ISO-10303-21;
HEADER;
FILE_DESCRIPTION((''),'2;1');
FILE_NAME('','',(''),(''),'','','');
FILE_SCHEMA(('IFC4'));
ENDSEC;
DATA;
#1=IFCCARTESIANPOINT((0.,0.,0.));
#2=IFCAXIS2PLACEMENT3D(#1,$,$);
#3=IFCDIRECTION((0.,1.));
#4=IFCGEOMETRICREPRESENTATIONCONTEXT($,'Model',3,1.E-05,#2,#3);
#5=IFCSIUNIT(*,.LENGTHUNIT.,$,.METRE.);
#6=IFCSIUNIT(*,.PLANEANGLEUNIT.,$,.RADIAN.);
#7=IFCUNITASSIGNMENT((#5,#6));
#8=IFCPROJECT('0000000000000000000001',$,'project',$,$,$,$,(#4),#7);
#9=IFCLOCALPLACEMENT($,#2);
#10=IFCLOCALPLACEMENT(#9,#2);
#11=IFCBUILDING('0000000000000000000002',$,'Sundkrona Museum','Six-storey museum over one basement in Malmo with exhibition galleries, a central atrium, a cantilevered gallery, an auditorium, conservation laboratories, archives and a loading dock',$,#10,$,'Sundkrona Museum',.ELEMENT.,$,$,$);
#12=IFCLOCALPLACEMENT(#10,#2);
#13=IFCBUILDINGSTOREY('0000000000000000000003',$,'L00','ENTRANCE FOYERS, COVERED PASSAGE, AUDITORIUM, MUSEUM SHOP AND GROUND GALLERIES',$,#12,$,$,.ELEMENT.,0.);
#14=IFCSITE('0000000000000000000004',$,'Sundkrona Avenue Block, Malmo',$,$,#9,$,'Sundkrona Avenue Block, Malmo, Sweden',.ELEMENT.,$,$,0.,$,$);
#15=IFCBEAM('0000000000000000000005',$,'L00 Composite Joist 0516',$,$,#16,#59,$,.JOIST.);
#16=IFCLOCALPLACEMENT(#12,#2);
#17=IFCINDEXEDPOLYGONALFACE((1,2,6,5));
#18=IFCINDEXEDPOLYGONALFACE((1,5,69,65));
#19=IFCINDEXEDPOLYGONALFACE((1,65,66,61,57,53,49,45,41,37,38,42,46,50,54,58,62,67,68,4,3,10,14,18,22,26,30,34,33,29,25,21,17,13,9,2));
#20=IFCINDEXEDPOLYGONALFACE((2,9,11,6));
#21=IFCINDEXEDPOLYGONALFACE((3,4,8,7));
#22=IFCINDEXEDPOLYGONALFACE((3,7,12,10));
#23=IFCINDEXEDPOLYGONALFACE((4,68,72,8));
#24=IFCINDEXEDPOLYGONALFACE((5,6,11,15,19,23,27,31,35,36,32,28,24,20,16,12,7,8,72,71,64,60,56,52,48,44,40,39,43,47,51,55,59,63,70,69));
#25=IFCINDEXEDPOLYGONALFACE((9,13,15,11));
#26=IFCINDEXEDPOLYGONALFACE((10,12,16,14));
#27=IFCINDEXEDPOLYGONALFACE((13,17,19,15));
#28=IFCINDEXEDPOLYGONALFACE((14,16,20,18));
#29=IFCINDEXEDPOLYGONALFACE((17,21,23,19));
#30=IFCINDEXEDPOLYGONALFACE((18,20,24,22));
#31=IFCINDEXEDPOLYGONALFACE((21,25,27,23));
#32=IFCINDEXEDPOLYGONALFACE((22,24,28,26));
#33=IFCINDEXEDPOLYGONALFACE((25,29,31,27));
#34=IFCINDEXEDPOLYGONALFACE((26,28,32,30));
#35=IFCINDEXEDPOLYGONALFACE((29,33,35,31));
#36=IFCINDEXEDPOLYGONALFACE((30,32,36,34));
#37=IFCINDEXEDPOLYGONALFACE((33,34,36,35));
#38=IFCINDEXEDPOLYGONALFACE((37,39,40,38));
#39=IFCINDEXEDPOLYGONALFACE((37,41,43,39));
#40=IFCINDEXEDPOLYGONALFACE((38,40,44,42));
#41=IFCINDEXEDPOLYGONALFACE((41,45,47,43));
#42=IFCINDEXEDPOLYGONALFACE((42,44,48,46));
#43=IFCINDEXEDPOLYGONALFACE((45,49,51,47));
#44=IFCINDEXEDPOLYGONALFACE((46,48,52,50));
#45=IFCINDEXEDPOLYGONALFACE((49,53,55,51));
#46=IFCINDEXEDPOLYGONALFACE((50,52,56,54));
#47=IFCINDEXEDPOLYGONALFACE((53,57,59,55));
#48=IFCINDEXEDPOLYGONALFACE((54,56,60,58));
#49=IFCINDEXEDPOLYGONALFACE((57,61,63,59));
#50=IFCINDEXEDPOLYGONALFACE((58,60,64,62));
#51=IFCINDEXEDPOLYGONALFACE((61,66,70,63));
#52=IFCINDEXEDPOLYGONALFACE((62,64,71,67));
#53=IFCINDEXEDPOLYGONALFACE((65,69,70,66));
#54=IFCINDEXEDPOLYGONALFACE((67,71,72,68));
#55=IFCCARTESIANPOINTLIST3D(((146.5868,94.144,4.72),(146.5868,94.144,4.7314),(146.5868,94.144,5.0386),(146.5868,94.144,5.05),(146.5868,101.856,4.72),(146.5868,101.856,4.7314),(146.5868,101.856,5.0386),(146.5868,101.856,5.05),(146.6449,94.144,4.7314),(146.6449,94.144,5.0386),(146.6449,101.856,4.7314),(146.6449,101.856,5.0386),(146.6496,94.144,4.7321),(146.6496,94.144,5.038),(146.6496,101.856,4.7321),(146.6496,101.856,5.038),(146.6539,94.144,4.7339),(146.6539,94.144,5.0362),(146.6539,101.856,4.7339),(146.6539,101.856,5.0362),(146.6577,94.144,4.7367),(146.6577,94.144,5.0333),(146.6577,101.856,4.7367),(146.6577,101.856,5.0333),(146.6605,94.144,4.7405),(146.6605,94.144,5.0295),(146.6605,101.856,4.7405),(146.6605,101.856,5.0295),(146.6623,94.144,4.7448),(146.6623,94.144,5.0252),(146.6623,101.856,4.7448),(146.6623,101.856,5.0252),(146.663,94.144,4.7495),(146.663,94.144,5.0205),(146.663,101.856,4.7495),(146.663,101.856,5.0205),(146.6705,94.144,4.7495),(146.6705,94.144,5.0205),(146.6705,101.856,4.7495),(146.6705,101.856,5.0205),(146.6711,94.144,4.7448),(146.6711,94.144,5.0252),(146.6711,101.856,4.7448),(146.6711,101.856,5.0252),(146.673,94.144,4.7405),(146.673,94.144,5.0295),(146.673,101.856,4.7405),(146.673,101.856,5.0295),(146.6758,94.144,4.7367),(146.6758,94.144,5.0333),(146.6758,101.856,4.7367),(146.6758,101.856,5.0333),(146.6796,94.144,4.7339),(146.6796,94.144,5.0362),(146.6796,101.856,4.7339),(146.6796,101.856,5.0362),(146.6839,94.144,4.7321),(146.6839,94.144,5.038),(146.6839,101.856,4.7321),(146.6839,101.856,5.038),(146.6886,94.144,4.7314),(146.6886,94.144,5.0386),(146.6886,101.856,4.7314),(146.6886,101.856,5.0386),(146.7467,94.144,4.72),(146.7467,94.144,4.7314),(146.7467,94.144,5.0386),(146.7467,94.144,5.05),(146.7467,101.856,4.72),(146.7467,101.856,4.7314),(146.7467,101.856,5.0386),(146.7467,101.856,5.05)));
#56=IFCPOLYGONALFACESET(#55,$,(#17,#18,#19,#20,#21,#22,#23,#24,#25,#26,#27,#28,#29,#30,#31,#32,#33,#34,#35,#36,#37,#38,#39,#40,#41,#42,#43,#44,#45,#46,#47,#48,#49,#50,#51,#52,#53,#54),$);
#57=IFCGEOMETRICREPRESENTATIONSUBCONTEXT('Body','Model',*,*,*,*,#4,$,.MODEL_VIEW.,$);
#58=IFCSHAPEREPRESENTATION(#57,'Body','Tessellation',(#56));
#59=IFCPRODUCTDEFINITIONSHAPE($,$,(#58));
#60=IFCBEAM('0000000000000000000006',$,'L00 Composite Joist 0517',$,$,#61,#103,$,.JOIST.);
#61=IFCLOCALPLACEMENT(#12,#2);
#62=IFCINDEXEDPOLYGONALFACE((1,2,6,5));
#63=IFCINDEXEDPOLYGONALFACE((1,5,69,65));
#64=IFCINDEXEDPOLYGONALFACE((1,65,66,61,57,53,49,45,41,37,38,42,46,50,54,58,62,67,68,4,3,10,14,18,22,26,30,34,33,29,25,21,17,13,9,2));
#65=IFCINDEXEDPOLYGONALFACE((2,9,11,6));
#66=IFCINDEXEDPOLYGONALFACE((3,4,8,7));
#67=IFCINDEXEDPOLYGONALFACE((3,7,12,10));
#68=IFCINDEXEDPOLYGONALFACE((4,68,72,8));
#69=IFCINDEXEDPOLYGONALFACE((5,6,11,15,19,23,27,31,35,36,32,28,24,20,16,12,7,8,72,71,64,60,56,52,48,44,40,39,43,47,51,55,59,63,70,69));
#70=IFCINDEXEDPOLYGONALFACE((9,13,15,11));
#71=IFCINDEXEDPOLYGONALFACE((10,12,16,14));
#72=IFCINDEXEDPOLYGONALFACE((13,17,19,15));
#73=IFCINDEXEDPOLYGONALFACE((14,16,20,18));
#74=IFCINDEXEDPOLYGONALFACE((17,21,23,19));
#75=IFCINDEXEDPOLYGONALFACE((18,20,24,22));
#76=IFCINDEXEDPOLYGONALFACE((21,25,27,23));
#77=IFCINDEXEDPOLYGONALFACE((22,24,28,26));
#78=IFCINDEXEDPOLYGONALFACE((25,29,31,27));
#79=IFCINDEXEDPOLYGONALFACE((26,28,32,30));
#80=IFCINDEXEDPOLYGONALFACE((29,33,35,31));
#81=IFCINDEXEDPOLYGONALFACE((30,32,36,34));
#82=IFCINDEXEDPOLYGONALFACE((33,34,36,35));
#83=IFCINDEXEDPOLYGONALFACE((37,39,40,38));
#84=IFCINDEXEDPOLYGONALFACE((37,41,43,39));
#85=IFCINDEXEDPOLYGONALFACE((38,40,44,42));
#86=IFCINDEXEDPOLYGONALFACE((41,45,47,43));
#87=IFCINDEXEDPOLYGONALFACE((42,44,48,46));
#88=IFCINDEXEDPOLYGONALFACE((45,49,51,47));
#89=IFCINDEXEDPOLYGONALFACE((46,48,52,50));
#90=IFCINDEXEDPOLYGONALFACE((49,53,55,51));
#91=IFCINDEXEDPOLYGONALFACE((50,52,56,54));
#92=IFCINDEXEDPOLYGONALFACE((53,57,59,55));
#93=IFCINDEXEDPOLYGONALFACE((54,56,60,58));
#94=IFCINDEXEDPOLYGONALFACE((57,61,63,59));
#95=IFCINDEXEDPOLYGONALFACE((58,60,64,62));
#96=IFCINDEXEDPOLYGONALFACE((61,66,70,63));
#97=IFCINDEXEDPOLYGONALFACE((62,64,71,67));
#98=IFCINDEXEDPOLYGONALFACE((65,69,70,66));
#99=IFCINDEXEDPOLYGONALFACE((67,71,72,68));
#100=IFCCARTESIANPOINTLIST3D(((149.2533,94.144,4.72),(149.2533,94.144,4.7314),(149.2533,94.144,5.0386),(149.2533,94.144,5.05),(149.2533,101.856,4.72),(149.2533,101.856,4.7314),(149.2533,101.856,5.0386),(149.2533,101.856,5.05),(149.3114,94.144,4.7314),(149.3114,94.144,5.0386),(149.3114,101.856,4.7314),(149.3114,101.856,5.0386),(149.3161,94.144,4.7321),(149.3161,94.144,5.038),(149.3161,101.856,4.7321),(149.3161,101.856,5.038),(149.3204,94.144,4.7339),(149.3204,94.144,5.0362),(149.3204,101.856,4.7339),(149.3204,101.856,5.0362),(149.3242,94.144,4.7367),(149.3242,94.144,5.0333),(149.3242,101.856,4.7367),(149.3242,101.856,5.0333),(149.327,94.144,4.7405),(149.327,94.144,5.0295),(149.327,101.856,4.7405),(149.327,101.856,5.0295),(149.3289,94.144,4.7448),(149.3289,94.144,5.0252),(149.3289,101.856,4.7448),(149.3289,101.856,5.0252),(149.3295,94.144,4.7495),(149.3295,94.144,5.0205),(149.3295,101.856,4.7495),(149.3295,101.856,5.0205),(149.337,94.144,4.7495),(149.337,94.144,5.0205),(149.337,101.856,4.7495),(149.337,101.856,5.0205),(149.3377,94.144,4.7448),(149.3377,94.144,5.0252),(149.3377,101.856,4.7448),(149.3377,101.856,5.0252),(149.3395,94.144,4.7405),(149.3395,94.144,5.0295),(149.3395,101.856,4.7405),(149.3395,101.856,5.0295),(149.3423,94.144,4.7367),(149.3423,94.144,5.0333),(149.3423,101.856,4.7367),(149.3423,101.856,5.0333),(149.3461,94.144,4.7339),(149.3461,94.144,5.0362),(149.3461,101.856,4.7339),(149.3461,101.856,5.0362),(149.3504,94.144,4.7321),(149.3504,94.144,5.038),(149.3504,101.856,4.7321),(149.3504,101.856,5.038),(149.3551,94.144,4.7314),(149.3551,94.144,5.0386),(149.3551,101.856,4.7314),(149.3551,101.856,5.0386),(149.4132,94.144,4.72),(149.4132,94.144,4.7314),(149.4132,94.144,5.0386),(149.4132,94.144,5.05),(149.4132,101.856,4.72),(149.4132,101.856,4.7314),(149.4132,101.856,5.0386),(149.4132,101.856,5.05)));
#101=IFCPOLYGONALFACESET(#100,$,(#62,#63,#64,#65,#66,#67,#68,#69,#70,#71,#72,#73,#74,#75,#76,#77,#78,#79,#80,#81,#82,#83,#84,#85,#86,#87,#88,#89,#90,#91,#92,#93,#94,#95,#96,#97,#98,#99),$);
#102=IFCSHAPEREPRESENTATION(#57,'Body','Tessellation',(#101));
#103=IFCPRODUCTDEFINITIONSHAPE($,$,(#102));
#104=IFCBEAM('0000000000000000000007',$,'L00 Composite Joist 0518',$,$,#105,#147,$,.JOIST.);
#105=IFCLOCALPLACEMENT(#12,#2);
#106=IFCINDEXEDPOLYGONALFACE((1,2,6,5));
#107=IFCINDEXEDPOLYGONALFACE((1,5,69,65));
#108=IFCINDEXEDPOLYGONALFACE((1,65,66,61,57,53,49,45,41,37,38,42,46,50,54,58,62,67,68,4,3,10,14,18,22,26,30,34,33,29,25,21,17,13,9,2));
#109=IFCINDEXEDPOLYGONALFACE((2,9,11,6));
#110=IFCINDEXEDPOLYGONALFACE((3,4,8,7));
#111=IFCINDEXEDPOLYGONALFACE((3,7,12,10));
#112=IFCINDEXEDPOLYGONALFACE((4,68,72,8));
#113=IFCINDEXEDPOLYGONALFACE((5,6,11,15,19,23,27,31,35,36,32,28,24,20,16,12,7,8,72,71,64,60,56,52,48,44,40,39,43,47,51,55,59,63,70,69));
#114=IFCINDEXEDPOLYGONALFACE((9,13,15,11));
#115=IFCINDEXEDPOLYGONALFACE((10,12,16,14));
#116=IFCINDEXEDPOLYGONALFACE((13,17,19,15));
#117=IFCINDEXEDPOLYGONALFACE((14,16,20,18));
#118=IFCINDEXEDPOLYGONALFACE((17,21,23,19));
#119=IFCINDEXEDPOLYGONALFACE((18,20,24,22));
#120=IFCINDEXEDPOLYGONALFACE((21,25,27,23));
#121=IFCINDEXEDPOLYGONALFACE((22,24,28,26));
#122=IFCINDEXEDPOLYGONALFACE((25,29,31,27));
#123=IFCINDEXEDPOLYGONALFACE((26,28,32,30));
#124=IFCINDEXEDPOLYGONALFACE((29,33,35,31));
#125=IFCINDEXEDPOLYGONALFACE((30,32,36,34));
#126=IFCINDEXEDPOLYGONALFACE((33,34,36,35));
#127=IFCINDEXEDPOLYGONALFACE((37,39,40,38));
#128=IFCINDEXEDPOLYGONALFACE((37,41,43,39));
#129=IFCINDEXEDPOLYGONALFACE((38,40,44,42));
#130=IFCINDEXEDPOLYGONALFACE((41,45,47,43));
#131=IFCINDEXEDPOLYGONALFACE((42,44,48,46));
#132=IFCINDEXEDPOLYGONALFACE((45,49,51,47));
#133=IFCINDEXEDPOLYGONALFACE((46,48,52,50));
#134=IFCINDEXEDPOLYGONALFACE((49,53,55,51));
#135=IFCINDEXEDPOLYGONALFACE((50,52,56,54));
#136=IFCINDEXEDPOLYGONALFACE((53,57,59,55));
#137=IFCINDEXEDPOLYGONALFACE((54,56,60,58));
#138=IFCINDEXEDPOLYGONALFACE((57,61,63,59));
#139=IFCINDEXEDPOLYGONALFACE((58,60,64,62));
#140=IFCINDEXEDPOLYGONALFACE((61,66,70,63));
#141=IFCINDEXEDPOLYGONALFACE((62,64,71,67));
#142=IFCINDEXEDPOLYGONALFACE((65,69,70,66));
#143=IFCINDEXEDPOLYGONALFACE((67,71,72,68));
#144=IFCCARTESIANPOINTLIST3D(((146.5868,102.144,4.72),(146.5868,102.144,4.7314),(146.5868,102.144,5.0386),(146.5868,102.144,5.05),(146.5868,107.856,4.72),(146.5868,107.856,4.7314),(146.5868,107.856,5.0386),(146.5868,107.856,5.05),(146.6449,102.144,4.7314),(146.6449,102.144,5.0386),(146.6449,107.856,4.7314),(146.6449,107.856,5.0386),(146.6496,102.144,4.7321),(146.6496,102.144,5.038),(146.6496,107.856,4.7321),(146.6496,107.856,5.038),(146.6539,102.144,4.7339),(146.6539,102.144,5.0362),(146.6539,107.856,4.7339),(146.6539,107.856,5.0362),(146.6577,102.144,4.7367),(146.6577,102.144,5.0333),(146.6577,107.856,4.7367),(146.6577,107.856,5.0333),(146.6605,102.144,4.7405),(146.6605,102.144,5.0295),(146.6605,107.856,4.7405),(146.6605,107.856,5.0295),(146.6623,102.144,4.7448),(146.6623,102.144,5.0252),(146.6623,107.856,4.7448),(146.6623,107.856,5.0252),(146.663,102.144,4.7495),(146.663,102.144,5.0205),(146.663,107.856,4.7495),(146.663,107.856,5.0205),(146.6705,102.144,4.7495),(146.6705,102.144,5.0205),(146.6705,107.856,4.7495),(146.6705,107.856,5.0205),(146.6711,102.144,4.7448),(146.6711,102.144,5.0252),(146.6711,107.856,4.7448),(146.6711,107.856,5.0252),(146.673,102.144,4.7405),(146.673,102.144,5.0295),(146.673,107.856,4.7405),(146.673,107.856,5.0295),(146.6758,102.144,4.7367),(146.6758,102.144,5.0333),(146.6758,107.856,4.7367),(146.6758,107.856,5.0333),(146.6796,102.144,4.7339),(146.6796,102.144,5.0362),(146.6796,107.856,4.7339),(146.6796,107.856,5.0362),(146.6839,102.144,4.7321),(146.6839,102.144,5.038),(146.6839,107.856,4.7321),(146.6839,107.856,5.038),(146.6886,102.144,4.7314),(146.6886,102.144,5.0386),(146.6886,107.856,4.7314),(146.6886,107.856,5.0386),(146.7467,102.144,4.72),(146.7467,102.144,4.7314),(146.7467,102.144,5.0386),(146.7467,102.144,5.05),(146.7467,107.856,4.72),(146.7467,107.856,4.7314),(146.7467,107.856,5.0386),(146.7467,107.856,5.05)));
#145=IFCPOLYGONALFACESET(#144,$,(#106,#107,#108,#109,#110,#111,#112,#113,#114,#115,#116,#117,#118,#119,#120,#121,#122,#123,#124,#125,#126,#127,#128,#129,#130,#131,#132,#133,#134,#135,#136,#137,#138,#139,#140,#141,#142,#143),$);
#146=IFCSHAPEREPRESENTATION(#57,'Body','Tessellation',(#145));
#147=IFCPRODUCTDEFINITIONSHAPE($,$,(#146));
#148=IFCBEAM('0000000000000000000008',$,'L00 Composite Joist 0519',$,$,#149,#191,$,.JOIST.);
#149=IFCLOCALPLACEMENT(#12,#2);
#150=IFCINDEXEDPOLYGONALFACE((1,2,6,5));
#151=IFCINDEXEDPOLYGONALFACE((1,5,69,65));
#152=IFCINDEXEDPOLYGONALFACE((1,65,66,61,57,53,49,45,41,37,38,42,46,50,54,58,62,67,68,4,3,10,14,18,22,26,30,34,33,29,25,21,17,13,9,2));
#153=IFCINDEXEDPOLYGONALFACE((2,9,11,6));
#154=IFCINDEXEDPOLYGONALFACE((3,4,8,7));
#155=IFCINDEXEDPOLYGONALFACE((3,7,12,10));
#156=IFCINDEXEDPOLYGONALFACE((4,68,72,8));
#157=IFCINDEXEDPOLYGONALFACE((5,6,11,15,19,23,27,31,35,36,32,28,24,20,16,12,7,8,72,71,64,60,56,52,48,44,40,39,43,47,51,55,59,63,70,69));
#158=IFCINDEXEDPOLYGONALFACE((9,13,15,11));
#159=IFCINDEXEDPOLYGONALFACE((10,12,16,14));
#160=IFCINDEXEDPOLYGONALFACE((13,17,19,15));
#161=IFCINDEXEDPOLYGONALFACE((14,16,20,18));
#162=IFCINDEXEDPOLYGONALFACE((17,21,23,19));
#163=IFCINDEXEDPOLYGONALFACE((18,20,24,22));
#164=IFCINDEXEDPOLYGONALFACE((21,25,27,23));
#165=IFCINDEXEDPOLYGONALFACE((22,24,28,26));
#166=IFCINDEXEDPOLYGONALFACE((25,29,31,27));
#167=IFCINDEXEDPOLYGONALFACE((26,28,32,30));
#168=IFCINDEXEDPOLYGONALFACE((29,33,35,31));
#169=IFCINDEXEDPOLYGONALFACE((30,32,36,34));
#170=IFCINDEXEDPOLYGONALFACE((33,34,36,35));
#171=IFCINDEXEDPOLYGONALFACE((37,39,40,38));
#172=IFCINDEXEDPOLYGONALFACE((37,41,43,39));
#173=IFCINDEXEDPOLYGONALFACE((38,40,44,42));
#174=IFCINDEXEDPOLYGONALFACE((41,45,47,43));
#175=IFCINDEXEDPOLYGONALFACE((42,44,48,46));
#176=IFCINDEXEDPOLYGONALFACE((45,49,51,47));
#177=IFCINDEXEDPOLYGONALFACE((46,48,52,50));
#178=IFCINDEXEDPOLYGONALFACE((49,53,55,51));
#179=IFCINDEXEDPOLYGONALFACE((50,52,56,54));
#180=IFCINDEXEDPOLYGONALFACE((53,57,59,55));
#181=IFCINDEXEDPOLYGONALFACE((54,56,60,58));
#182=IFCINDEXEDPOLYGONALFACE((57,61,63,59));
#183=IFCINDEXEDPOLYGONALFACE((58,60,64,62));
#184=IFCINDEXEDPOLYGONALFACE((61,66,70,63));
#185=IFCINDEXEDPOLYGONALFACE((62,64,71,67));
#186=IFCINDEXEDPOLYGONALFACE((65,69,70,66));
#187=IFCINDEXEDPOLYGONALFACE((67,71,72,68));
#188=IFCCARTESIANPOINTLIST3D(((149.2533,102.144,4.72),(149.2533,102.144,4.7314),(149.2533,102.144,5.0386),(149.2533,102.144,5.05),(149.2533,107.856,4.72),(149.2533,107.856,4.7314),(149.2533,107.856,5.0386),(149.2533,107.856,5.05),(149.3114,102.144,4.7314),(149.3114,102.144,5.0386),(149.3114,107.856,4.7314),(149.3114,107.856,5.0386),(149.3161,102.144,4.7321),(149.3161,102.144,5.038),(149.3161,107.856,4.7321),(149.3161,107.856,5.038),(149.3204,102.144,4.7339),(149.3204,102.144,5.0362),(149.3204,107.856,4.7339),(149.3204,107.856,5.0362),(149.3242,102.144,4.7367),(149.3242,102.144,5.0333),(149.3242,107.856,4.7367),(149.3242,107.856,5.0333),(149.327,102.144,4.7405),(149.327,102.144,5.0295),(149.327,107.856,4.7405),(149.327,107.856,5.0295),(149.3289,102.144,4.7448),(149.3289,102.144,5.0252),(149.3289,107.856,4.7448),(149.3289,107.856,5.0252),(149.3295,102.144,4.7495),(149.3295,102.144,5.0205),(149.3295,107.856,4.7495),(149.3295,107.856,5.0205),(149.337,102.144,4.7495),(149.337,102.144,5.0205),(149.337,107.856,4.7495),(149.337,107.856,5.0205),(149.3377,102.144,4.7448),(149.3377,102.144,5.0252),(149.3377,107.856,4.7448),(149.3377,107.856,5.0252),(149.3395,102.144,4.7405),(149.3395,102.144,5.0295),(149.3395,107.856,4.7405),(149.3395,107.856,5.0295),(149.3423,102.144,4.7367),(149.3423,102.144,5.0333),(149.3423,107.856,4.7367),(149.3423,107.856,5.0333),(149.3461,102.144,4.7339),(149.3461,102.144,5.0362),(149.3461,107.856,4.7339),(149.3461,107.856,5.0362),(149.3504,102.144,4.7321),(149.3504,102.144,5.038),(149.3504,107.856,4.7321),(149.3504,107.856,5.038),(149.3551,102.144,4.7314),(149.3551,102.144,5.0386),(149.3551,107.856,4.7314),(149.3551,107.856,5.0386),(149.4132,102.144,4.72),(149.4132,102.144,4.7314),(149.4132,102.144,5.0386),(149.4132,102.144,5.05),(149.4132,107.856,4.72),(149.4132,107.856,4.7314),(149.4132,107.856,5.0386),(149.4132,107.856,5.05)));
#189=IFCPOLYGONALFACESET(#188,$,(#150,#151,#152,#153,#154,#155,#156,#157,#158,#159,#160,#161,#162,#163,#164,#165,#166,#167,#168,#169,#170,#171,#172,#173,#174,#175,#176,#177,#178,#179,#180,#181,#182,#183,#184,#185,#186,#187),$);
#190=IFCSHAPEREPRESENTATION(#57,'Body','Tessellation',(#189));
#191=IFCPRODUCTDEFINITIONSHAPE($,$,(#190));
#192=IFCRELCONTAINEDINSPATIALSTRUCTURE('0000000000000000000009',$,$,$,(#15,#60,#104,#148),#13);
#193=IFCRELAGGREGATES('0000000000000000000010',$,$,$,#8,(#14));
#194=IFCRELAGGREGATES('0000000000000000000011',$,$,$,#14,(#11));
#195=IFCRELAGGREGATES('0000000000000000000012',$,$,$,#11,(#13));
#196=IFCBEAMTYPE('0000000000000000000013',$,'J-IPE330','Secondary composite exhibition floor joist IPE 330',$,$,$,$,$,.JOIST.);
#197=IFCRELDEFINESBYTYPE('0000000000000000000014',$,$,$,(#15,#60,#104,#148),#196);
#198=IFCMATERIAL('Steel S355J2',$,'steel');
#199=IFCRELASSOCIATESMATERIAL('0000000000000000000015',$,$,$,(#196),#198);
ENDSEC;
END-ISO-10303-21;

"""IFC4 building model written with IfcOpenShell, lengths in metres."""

from ifc_helpers import new_model, si_unit, direction, frame, origin, origin_2d, place, context, subcontext, project, spatial, i_section, extrude, material, material_profile, profile_set, type_object, element, save


model = new_model("IFC4")

# Units and contexts
model_context = context("Model", 3, precision=1e-05, world=origin(), true_north=direction((0.0, 1.0)))
body_context = subcontext(model_context, "Body", "Model", "MODEL_VIEW")
ifc_project = project(units=[si_unit("LENGTHUNIT", "METRE"), si_unit("PLANEANGLEUNIT", "RADIAN")], contexts=[model_context])

# Site, building, storey
site_placement = place(None, origin())
site = spatial("IfcSite", under=ifc_project, at=site_placement, Name="Sundkrona Avenue Block, Malmo", LongName="Sundkrona Avenue Block, Malmo, Sweden", CompositionType="ELEMENT", RefElevation=0.0)
building_placement = place(site_placement, origin())
building = spatial("IfcBuilding", under=site, at=building_placement, Name="Sundkrona Museum", Description="Six-storey museum over one basement in Malmo with exhibition galleries, a central atrium, a cantilevered gallery, an auditorium, conservation laboratories, archives and a loading dock", LongName="Sundkrona Museum", CompositionType="ELEMENT")
storey_placement = place(building_placement, origin())
storey = spatial("IfcBuildingStorey", under=building, at=storey_placement, Name="L00", Description="ENTRANCE FOYERS, COVERED PASSAGE, AUDITORIUM, MUSEUM SHOP AND GROUND GALLERIES", CompositionType="ELEMENT", Elevation=0.0)

# Shared definitions
ifc_material = material(Name="Steel S355J2", Category="steel")

# Beams
ifc_material_profile_1 = material_profile(ifc_material, i_section(OverallWidth=0.1599, OverallDepth=0.3301, WebThickness=0.0076, FlangeThickness=0.0115, FilletRadius=0.0181, at=origin_2d()), Name="IPE 330")
ifc_profile_set_1 = profile_set([ifc_material_profile_1], Name="Steel S355J2")
beam_type_1 = type_object("IfcBeamType", Name="J-IPE330", Description="Secondary composite exhibition floor joist IPE 330", PredefinedType="JOIST", material=ifc_profile_set_1)
for number, where, z_axis, x_axis, name in (
    (1, (146.6667, 94.144, 4.885), (0.0, 1.0, 0.0), (-1.0, 0.0, 0.0), "L00 Composite Joist 0516"),
    (2, (149.3333, 94.144, 4.885), (0.0, 1.0, 0.0), (-1.0, 0.0, 0.0), "L00 Composite Joist 0517"),
):
    element("IfcBeam", number, at=place(storey_placement, frame(where, z_axis=z_axis, x_axis=x_axis)), inside=storey, type_object=beam_type_1, Name=name, PredefinedType="JOIST", context=body_context, shape_type="SweptSolid", body=[
        extrude(i_section(OverallWidth=0.1599, OverallDepth=0.3301, WebThickness=0.0076, FlangeThickness=0.0115, FilletRadius=0.0181, at=origin_2d()), origin(), (0.0, 0.0, 1.0), 7.7119),
    ])
for number, where, z_axis, x_axis, name in (
    (3, (146.6667, 102.144, 4.885), (0.0, 1.0, 0.0), (-1.0, 0.0, 0.0), "L00 Composite Joist 0518"),
    (4, (149.3333, 102.144, 4.885), (0.0, 1.0, 0.0), (-1.0, 0.0, 0.0), "L00 Composite Joist 0519"),
):
    element("IfcBeam", number, at=place(storey_placement, frame(where, z_axis=z_axis, x_axis=x_axis)), inside=storey, type_object=beam_type_1, Name=name, PredefinedType="JOIST", context=body_context, shape_type="SweptSolid", body=[
        extrude(i_section(OverallWidth=0.1599, OverallDepth=0.3301, WebThickness=0.0076, FlangeThickness=0.0115, FilletRadius=0.0181, at=origin_2d()), origin(), (0.0, 0.0, 1.0), 5.7119),
    ])

save(model, "model.ifc")
